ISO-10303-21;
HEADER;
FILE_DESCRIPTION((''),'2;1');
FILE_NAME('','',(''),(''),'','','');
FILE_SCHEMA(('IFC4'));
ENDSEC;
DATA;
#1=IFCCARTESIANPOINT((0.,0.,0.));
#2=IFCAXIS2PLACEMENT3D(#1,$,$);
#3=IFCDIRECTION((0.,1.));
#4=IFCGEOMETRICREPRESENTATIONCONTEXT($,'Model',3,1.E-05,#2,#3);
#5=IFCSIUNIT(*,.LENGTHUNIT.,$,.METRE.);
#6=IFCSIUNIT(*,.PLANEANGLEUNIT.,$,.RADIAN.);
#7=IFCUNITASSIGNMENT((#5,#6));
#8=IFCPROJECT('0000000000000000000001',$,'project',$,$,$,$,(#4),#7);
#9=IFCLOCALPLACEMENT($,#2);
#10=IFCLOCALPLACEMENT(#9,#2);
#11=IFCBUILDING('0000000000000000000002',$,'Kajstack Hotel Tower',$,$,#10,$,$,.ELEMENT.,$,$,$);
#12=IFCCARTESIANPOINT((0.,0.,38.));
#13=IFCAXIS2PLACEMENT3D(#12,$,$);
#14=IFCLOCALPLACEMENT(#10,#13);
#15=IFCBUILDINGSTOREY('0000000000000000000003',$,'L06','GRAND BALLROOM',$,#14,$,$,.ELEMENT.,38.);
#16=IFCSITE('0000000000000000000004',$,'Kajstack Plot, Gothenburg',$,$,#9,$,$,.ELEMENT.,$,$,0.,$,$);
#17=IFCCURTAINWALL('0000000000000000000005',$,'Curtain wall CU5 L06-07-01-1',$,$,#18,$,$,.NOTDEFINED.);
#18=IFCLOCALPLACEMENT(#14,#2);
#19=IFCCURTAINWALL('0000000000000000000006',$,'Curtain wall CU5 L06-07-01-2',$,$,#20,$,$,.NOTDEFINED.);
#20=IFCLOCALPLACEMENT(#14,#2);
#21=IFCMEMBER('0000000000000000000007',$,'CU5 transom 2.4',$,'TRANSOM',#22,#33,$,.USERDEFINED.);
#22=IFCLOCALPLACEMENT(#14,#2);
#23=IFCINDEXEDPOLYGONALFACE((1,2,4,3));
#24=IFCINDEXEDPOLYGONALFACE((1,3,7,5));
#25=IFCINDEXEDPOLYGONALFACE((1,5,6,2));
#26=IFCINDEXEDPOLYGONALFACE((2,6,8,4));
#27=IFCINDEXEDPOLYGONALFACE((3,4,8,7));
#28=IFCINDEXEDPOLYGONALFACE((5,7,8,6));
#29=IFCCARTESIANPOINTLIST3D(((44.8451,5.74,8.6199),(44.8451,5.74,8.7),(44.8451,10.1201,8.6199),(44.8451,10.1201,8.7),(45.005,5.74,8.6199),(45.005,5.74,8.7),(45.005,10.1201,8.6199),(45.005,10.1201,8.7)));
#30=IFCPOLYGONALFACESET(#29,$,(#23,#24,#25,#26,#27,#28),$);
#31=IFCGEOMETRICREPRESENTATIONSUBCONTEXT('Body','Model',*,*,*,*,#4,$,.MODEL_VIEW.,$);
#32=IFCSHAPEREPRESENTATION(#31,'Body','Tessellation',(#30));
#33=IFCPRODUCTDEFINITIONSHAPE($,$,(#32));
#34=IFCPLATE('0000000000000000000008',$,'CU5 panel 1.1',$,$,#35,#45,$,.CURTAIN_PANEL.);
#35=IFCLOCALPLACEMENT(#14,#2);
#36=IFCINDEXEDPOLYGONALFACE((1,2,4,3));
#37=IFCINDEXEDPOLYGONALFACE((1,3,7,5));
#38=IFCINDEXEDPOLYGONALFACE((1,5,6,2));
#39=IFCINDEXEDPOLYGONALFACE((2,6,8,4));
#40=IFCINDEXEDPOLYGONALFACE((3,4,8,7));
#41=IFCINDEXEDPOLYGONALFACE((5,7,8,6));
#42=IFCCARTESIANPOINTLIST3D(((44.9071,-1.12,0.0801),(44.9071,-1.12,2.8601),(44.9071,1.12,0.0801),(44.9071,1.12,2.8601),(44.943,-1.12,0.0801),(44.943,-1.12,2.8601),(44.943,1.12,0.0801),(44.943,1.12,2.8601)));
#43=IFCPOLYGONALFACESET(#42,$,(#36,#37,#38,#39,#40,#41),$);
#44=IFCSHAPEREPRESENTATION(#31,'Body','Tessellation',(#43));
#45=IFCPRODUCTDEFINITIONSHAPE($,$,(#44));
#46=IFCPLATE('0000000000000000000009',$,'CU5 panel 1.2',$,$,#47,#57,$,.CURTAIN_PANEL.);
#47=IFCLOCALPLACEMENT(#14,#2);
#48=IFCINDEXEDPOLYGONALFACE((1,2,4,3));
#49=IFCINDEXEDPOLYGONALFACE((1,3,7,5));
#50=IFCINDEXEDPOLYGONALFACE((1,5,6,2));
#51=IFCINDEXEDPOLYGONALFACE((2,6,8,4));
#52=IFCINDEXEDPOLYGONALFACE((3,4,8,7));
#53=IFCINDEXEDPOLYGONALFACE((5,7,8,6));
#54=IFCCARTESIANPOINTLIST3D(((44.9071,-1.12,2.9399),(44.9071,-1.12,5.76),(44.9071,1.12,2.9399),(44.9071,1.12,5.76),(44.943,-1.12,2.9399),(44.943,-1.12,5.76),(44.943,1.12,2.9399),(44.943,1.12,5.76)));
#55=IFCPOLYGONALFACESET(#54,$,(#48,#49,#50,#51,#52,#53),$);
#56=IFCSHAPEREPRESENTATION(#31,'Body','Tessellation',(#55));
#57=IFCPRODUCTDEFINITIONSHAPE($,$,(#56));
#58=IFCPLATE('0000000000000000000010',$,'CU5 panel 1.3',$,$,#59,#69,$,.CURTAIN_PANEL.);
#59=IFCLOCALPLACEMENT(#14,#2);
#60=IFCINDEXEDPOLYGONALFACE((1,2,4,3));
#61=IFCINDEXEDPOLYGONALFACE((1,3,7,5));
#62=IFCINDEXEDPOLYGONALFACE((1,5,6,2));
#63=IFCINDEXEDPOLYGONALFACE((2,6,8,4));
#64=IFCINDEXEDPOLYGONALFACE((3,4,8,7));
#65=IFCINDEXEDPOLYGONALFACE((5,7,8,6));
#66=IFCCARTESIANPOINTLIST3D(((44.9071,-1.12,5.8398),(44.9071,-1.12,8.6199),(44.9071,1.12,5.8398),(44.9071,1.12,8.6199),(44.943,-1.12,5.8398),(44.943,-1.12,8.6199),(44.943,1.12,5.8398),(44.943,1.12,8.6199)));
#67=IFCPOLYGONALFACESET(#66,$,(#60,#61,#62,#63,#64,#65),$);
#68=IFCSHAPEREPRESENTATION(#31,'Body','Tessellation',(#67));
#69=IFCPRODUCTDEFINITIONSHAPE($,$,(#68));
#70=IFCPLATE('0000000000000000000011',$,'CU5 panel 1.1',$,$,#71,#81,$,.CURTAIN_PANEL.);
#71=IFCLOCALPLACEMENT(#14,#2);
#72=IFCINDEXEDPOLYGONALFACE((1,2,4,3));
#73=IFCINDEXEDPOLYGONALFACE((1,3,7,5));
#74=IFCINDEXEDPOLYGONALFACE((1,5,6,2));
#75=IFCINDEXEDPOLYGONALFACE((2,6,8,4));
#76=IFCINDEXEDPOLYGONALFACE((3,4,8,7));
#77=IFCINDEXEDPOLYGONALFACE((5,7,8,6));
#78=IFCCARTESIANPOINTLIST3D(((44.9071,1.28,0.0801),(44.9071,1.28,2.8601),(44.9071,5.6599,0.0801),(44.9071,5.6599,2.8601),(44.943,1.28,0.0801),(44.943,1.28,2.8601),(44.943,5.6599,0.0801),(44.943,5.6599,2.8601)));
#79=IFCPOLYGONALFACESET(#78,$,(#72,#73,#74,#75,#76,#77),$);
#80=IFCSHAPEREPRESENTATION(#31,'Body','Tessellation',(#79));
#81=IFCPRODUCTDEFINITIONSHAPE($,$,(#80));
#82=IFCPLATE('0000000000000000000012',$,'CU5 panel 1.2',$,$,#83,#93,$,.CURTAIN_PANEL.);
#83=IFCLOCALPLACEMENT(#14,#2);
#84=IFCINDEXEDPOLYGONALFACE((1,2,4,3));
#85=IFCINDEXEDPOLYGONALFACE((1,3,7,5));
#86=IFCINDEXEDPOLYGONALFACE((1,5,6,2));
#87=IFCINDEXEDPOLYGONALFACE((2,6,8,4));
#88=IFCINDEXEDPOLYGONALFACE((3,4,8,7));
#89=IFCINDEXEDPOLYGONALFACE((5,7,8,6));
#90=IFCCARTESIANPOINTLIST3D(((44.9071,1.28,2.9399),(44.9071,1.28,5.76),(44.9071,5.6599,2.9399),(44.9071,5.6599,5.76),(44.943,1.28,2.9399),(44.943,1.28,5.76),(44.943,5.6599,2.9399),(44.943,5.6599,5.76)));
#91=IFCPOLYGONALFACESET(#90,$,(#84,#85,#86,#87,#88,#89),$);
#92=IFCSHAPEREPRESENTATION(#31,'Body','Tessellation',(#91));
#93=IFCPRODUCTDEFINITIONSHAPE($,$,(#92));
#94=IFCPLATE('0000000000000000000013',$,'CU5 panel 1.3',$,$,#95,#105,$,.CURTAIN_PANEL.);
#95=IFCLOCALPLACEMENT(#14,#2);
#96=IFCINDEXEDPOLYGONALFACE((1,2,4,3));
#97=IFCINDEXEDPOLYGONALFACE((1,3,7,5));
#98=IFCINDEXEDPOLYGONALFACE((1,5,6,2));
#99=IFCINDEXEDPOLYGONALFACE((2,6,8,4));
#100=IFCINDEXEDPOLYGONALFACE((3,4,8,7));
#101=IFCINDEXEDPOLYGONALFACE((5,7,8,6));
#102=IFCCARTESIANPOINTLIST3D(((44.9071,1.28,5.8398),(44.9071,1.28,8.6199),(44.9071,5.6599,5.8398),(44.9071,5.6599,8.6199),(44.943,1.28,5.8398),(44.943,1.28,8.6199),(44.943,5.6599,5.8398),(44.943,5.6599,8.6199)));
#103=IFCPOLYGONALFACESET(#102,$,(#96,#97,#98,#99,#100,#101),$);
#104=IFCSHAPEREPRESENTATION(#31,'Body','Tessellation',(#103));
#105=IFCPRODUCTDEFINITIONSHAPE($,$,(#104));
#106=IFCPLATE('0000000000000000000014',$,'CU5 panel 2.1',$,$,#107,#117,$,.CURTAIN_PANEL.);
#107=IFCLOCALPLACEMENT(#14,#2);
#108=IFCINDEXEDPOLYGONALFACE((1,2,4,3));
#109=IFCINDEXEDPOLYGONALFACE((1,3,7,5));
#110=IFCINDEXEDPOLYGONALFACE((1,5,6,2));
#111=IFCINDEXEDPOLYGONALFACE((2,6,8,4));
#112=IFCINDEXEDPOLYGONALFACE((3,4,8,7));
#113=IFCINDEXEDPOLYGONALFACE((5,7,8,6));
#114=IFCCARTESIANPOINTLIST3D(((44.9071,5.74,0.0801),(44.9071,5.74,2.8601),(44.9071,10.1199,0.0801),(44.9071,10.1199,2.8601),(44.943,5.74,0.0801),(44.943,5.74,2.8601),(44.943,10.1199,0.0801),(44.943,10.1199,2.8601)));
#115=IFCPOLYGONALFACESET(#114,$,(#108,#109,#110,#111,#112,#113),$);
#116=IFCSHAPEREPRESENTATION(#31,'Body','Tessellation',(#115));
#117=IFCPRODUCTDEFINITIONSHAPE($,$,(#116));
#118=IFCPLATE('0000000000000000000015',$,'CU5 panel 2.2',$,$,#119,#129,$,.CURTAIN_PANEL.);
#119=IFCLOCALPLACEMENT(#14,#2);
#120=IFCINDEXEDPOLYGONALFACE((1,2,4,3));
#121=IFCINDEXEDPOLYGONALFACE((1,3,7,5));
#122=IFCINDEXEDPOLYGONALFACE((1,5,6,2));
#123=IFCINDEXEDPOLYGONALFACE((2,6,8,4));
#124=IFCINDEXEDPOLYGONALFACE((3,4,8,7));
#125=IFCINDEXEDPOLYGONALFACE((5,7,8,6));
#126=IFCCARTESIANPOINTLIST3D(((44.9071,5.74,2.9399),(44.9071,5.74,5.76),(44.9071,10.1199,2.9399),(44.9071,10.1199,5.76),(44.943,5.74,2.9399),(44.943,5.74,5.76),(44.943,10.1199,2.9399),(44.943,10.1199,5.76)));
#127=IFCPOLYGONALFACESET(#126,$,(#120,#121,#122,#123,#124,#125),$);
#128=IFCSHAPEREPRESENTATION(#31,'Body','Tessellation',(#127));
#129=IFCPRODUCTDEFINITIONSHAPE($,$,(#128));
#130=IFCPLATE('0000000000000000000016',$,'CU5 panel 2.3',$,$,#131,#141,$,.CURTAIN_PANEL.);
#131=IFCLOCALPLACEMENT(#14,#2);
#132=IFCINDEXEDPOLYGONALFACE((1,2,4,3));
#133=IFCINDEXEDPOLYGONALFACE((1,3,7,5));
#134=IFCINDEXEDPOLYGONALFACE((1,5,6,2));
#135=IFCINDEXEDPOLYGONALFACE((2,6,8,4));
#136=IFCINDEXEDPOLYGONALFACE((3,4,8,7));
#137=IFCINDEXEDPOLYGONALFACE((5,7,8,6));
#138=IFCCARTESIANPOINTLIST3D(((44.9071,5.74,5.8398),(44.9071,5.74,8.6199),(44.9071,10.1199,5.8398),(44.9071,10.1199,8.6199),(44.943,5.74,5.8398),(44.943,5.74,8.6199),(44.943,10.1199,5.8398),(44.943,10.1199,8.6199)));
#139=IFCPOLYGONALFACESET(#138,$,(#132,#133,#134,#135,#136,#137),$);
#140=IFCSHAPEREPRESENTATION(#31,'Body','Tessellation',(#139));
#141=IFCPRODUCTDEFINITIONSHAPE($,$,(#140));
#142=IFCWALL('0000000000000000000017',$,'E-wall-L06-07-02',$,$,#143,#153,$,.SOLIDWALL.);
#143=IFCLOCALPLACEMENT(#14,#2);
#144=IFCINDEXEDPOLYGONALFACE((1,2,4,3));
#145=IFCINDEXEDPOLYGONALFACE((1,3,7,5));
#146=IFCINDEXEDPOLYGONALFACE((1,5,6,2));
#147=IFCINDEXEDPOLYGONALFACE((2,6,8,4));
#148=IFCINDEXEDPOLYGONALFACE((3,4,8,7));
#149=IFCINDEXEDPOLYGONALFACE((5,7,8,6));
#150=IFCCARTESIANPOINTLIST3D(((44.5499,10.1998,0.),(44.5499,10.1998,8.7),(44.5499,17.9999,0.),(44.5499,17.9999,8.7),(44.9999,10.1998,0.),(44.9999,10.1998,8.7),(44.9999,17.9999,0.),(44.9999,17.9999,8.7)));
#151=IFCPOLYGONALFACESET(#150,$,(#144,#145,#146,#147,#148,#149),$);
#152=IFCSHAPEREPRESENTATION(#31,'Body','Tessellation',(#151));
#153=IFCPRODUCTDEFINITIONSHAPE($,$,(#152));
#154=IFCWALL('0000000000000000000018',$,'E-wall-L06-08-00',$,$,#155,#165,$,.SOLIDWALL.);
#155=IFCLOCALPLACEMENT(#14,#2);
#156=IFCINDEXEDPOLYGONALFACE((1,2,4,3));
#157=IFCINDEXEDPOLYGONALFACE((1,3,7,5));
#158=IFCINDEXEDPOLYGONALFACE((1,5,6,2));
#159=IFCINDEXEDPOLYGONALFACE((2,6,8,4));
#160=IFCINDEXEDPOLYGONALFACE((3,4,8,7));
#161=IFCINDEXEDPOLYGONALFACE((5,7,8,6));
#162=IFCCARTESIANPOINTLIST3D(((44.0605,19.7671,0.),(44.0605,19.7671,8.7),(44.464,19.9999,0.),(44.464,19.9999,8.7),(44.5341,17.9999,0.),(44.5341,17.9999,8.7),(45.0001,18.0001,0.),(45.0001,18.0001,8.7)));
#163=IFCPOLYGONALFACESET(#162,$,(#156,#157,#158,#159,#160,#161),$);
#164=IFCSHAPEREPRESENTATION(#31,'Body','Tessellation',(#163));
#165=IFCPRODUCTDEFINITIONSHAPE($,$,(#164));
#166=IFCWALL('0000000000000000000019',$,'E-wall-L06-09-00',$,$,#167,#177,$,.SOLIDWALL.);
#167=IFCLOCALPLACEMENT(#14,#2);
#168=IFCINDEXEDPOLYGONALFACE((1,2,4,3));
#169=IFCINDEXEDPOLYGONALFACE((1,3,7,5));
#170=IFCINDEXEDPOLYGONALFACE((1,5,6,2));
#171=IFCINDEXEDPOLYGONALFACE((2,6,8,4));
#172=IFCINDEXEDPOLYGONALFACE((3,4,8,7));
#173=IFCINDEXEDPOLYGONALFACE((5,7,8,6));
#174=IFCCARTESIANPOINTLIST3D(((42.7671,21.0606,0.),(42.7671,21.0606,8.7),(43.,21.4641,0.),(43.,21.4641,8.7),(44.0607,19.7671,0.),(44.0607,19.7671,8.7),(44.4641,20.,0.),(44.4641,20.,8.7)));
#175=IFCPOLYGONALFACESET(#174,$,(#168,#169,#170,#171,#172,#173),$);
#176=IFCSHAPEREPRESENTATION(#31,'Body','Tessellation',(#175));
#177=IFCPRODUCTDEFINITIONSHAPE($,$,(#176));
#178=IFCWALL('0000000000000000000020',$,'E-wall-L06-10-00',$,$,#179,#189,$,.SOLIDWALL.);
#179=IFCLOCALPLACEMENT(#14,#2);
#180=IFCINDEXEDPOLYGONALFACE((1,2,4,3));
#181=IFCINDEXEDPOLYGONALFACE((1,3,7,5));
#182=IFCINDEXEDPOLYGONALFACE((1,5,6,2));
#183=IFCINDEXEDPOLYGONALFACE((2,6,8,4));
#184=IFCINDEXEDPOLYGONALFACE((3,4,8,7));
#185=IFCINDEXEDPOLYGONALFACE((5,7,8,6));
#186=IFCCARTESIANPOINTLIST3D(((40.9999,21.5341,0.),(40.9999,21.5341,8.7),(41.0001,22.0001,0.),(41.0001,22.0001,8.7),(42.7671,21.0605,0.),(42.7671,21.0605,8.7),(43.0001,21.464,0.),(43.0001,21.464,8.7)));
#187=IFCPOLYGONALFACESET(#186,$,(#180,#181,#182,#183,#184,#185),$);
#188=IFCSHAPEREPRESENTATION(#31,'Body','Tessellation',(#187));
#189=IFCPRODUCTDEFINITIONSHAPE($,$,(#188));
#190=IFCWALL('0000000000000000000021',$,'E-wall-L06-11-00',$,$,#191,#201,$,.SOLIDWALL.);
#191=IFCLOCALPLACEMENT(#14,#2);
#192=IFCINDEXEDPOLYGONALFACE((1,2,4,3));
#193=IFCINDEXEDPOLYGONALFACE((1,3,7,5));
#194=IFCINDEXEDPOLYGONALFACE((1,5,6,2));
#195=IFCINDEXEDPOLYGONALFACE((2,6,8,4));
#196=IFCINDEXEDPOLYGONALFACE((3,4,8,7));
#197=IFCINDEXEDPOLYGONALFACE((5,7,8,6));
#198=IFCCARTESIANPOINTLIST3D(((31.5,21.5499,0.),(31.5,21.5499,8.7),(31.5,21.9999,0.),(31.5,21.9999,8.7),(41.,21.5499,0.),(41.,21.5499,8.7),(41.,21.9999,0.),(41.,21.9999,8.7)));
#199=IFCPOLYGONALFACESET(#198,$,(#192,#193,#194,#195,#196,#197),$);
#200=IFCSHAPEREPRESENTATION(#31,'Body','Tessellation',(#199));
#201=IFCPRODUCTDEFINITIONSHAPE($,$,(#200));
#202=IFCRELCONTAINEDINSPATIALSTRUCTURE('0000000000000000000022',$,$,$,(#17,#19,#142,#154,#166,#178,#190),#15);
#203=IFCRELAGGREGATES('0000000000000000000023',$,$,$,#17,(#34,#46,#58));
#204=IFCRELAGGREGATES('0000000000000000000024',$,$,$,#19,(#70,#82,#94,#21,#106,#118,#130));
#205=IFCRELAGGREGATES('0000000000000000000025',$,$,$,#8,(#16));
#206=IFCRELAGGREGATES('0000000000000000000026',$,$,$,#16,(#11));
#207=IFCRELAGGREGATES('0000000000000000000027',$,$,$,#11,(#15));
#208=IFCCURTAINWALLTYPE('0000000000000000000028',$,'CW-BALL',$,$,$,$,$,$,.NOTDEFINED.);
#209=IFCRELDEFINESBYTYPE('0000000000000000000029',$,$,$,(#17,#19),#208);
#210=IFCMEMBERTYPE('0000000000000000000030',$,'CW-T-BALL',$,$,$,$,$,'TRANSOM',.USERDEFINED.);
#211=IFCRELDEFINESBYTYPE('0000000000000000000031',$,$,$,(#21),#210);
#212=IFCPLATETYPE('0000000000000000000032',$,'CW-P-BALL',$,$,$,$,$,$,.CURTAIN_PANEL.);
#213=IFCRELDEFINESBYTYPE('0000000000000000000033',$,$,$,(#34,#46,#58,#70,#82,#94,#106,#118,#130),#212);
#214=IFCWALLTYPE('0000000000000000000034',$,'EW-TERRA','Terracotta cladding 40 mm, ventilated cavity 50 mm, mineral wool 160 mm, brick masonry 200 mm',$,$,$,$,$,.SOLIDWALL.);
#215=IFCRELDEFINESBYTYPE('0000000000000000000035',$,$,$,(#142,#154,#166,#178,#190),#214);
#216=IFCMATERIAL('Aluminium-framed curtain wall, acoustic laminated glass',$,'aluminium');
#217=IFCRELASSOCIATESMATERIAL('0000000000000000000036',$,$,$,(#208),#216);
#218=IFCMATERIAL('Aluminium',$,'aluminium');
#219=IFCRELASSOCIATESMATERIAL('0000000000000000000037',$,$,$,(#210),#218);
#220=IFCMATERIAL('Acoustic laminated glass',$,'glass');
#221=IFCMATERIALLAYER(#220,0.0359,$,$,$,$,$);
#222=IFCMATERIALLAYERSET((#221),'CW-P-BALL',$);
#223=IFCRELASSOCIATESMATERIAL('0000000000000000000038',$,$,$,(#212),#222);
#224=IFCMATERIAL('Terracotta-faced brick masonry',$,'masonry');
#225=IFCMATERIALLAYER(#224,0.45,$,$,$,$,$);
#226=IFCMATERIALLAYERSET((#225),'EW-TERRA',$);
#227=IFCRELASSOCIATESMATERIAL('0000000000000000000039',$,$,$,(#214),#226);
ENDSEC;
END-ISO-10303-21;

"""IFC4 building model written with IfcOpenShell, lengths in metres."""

from ifc_helpers import new_model, si_unit, direction, frame, frame_2d, origin, origin_2d, place, context, subcontext, project, spatial, polyline, rectangle, outline, extrude, material, layer, layer_set, material_profile, profile_set, type_object, element, aggregate, save


model = new_model("IFC4")

# Units and contexts
model_context = context("Model", 3, precision=1e-05, world=origin(), true_north=direction((0.0, 1.0)))
body_context = subcontext(model_context, "Body", "Model", "MODEL_VIEW")
ifc_project = project(units=[si_unit("LENGTHUNIT", "METRE"), si_unit("PLANEANGLEUNIT", "RADIAN")], contexts=[model_context])

# Site, building, storey
site_placement = place(None, origin())
site = spatial("IfcSite", under=ifc_project, at=site_placement, Name="Kajstack Plot, Gothenburg", CompositionType="ELEMENT", RefElevation=0.0)
building_placement = place(site_placement, origin())
building = spatial("IfcBuilding", under=site, at=building_placement, Name="Kajstack Hotel Tower", CompositionType="ELEMENT")
storey_placement = place(building_placement, frame((0.0, 0.0, 38.0)))
storey = spatial("IfcBuildingStorey", under=building, at=storey_placement, Name="L06", Description="GRAND BALLROOM", CompositionType="ELEMENT", Elevation=38.0)

# Curtain wall
ifc_material_1 = material(Name="Aluminium-framed curtain wall, acoustic laminated glass", Category="aluminium")
curtain_wall_type = type_object("IfcCurtainWallType", Name="CW-BALL", PredefinedType="NOTDEFINED", material=ifc_material_1)
curtain_wall_1_placement = place(storey_placement, origin())
curtain_wall_1 = element("IfcCurtainWall", 1, at=curtain_wall_1_placement, inside=storey, type_object=curtain_wall_type, Name="Curtain wall CU5 L06-07-01-1", PredefinedType="NOTDEFINED")
ifc_material_2 = material(Name="Aluminium", Category="aluminium")

# Curtain wall
curtain_wall_2_placement = place(storey_placement, origin())
curtain_wall_2 = element("IfcCurtainWall", 2, at=curtain_wall_2_placement, inside=storey, type_object=curtain_wall_type, Name="Curtain wall CU5 L06-07-01-2", PredefinedType="NOTDEFINED")

# Member
ifc_material_profile_1 = material_profile(ifc_material_2, rectangle(XDim=0.1599, YDim=0.0801, at=origin_2d()), Name="Aluminium transom 160 x 80")
ifc_profile_set_1 = profile_set([ifc_material_profile_1], Name="Aluminium")
member_type_1 = type_object("IfcMemberType", Name="CW-T-BALL", ElementType="TRANSOM", PredefinedType="USERDEFINED", material=ifc_profile_set_1)
member_1_placement = place(storey_placement, frame((44.925, 5.74, 8.6599), z_axis=(0.0, 1.0, 0.0), x_axis=(-1.0, 0.0, 0.0)))
member_1 = element("IfcMember", 3, at=member_1_placement, type_object=member_type_1, Name="CU5 transom 2.4", ObjectType="TRANSOM", PredefinedType="USERDEFINED", context=body_context, shape_type="SweptSolid", body=[
    extrude(rectangle(XDim=0.1599, YDim=0.0801, at=origin_2d()), origin(), (0.0, 0.0, 1.0), 4.3801),
])

# Plates
ifc_material_3 = material(Name="Acoustic laminated glass", Category="glass")
ifc_layer_1 = layer(ifc_material_3, 0.0359)
ifc_layer_set_1 = layer_set([ifc_layer_1], Name="CW-P-BALL")
plate_type = type_object("IfcPlateType", Name="CW-P-BALL", PredefinedType="CURTAIN_PANEL", material=ifc_layer_set_1)
plate_1_placement = place(storey_placement, frame((44.925, 0.0, 0.0801), z_axis=(0.0, 0.0, 1.0), x_axis=(0.0, 1.0, 0.0)))
plate_1 = element("IfcPlate", 4, at=plate_1_placement, type_object=plate_type, Name="CU5 panel 1.1", PredefinedType="CURTAIN_PANEL", context=body_context, shape_type="SweptSolid", body=[
    extrude(rectangle(XDim=2.24, YDim=0.0359, at=origin_2d()), origin(), (0.0, 0.0, 1.0), 2.78),
])
plate_2_placement = place(storey_placement, frame((44.925, 0.0, 2.9399), z_axis=(0.0, 0.0, 1.0), x_axis=(0.0, 1.0, 0.0)))
plate_2 = element("IfcPlate", 5, at=plate_2_placement, type_object=plate_type, Name="CU5 panel 1.2", PredefinedType="CURTAIN_PANEL", context=body_context, shape_type="SweptSolid", body=[
    extrude(rectangle(XDim=2.24, YDim=0.0359, at=origin_2d()), origin(), (0.0, 0.0, 1.0), 2.8201),
])
plate_3_placement = place(storey_placement, frame((44.925, 0.0, 5.8398), z_axis=(0.0, 0.0, 1.0), x_axis=(0.0, 1.0, 0.0)))
plate_3 = element("IfcPlate", 6, at=plate_3_placement, type_object=plate_type, Name="CU5 panel 1.3", PredefinedType="CURTAIN_PANEL", context=body_context, shape_type="SweptSolid", body=[
    extrude(rectangle(XDim=2.24, YDim=0.0359, at=origin_2d()), origin(), (0.0, 0.0, 1.0), 2.78),
])
aggregate(curtain_wall_1, [plate_1, plate_2, plate_3])
plate_4_placement = place(storey_placement, frame((44.925, 3.47, 0.0801), z_axis=(0.0, 0.0, 1.0), x_axis=(0.0, 1.0, 0.0)))
plate_4 = element("IfcPlate", 7, at=plate_4_placement, type_object=plate_type, Name="CU5 panel 1.1", PredefinedType="CURTAIN_PANEL", context=body_context, shape_type="SweptSolid", body=[
    extrude(rectangle(XDim=4.3799, YDim=0.0359, at=origin_2d()), origin(), (0.0, 0.0, 1.0), 2.78),
])
plate_5_placement = place(storey_placement, frame((44.925, 3.47, 2.9399), z_axis=(0.0, 0.0, 1.0), x_axis=(0.0, 1.0, 0.0)))
plate_5 = element("IfcPlate", 8, at=plate_5_placement, type_object=plate_type, Name="CU5 panel 1.2", PredefinedType="CURTAIN_PANEL", context=body_context, shape_type="SweptSolid", body=[
    extrude(rectangle(XDim=4.3799, YDim=0.0359, at=origin_2d()), origin(), (0.0, 0.0, 1.0), 2.8201),
])
plate_6_placement = place(storey_placement, frame((44.925, 3.47, 5.8398), z_axis=(0.0, 0.0, 1.0), x_axis=(0.0, 1.0, 0.0)))
plate_6 = element("IfcPlate", 9, at=plate_6_placement, type_object=plate_type, Name="CU5 panel 1.3", PredefinedType="CURTAIN_PANEL", context=body_context, shape_type="SweptSolid", body=[
    extrude(rectangle(XDim=4.3799, YDim=0.0359, at=origin_2d()), origin(), (0.0, 0.0, 1.0), 2.78),
])
plate_7_placement = place(storey_placement, frame((44.925, 7.9299, 0.0801), z_axis=(0.0, 0.0, 1.0), x_axis=(0.0, 1.0, 0.0)))
plate_7 = element("IfcPlate", 10, at=plate_7_placement, type_object=plate_type, Name="CU5 panel 2.1", PredefinedType="CURTAIN_PANEL", context=body_context, shape_type="SweptSolid", body=[
    extrude(rectangle(XDim=4.3799, YDim=0.0359, at=origin_2d()), origin(), (0.0, 0.0, 1.0), 2.78),
])
plate_8_placement = place(storey_placement, frame((44.925, 7.9299, 2.9399), z_axis=(0.0, 0.0, 1.0), x_axis=(0.0, 1.0, 0.0)))
plate_8 = element("IfcPlate", 11, at=plate_8_placement, type_object=plate_type, Name="CU5 panel 2.2", PredefinedType="CURTAIN_PANEL", context=body_context, shape_type="SweptSolid", body=[
    extrude(rectangle(XDim=4.3799, YDim=0.0359, at=origin_2d()), origin(), (0.0, 0.0, 1.0), 2.8201),
])
plate_9_placement = place(storey_placement, frame((44.925, 7.9299, 5.8398), z_axis=(0.0, 0.0, 1.0), x_axis=(0.0, 1.0, 0.0)))
plate_9 = element("IfcPlate", 12, at=plate_9_placement, type_object=plate_type, Name="CU5 panel 2.3", PredefinedType="CURTAIN_PANEL", context=body_context, shape_type="SweptSolid", body=[
    extrude(rectangle(XDim=4.3799, YDim=0.0359, at=origin_2d()), origin(), (0.0, 0.0, 1.0), 2.78),
])
aggregate(curtain_wall_2, [plate_4, plate_5, plate_6, member_1, plate_7, plate_8, plate_9])

# Walls
ifc_material_4 = material(Name="Terracotta-faced brick masonry", Category="masonry")
ifc_layer_2 = layer(ifc_material_4, 0.45)
ifc_layer_set_2 = layer_set([ifc_layer_2], Name="EW-TERRA")
wall_type_1 = type_object("IfcWallType", Name="EW-TERRA", Description="Terracotta cladding 40 mm, ventilated cavity 50 mm, mineral wool 160 mm, brick masonry 200 mm", PredefinedType="SOLIDWALL", material=ifc_layer_set_2)
wall_1_placement = place(storey_placement, frame((44.7749, 10.2, 0.0), z_axis=(0.0, 0.0, 1.0), x_axis=(0.0, 1.0, 0.0)))
element("IfcWall", 13, at=wall_1_placement, inside=storey, type_object=wall_type_1, Name="E-wall-L06-07-02", PredefinedType="SOLIDWALL", context=body_context, shape_type="SweptSolid", body=[
    extrude(rectangle(XDim=7.8, YDim=0.45, at=frame_2d((3.8999, 0.0))), origin(), (0.0, 0.0, 1.0), 8.7),
])
wall_2_placement = place(storey_placement, frame((44.7827, 17.9417, 0.0), z_axis=(0.0, 0.0, 1.0), x_axis=(-0.258815, 0.965927, 0.0)))
element("IfcWall", 14, at=wall_2_placement, inside=storey, type_object=wall_type_1, Name="E-wall-L06-08-00", PredefinedType="SOLIDWALL", context=body_context, shape_type="SweptSolid", body=[
    extrude(outline(polyline([(0.0002, -0.2251), (2.0706, -0.2249), (1.9502, 0.2251), (0.1206, 0.2251), (0.0002, -0.2251)])), origin(), (0.0, 0.0, 1.0), 8.7),
])
wall_3_placement = place(storey_placement, frame((44.3049, 19.8408, 0.0), z_axis=(0.0, 0.0, 1.0), x_axis=(-0.707107, 0.707107, 0.0)))
element("IfcWall", 15, at=wall_3_placement, inside=storey, type_object=wall_type_1, Name="E-wall-L06-09-00", PredefinedType="SOLIDWALL", context=body_context, shape_type="SweptSolid", body=[
    extrude(outline(polyline([(0.0, -0.2251), (2.0706, -0.2251), (1.95, 0.2249), (0.1206, 0.2249), (0.0, -0.2251)])), origin(), (0.0, 0.0, 1.0), 8.7),
])
wall_4_placement = place(storey_placement, frame((42.9417, 21.2468, 0.0), z_axis=(0.0, 0.0, 1.0), x_axis=(-0.965927, 0.258815, 0.0)))
element("IfcWall", 16, at=wall_4_placement, inside=storey, type_object=wall_type_1, Name="E-wall-L06-10-00", PredefinedType="SOLIDWALL", context=body_context, shape_type="SweptSolid", body=[
    extrude(outline(polyline([(-0.0002, -0.2249), (2.0703, -0.2251), (1.95, 0.2251), (0.1204, 0.2251), (-0.0002, -0.2249)])), origin(), (0.0, 0.0, 1.0), 8.7),
])
wall_5_placement = place(storey_placement, frame((41.0, 21.7749, 0.0), z_axis=(0.0, 0.0, 1.0), x_axis=(-1.0, 0.0, 0.0)))
element("IfcWall", 17, at=wall_5_placement, inside=storey, type_object=wall_type_1, Name="E-wall-L06-11-00", PredefinedType="SOLIDWALL", context=body_context, shape_type="SweptSolid", body=[
    extrude(rectangle(XDim=9.5, YDim=0.45, at=frame_2d((4.75, 0.0))), origin(), (0.0, 0.0, 1.0), 8.7),
])

save(model, "model.ifc")
